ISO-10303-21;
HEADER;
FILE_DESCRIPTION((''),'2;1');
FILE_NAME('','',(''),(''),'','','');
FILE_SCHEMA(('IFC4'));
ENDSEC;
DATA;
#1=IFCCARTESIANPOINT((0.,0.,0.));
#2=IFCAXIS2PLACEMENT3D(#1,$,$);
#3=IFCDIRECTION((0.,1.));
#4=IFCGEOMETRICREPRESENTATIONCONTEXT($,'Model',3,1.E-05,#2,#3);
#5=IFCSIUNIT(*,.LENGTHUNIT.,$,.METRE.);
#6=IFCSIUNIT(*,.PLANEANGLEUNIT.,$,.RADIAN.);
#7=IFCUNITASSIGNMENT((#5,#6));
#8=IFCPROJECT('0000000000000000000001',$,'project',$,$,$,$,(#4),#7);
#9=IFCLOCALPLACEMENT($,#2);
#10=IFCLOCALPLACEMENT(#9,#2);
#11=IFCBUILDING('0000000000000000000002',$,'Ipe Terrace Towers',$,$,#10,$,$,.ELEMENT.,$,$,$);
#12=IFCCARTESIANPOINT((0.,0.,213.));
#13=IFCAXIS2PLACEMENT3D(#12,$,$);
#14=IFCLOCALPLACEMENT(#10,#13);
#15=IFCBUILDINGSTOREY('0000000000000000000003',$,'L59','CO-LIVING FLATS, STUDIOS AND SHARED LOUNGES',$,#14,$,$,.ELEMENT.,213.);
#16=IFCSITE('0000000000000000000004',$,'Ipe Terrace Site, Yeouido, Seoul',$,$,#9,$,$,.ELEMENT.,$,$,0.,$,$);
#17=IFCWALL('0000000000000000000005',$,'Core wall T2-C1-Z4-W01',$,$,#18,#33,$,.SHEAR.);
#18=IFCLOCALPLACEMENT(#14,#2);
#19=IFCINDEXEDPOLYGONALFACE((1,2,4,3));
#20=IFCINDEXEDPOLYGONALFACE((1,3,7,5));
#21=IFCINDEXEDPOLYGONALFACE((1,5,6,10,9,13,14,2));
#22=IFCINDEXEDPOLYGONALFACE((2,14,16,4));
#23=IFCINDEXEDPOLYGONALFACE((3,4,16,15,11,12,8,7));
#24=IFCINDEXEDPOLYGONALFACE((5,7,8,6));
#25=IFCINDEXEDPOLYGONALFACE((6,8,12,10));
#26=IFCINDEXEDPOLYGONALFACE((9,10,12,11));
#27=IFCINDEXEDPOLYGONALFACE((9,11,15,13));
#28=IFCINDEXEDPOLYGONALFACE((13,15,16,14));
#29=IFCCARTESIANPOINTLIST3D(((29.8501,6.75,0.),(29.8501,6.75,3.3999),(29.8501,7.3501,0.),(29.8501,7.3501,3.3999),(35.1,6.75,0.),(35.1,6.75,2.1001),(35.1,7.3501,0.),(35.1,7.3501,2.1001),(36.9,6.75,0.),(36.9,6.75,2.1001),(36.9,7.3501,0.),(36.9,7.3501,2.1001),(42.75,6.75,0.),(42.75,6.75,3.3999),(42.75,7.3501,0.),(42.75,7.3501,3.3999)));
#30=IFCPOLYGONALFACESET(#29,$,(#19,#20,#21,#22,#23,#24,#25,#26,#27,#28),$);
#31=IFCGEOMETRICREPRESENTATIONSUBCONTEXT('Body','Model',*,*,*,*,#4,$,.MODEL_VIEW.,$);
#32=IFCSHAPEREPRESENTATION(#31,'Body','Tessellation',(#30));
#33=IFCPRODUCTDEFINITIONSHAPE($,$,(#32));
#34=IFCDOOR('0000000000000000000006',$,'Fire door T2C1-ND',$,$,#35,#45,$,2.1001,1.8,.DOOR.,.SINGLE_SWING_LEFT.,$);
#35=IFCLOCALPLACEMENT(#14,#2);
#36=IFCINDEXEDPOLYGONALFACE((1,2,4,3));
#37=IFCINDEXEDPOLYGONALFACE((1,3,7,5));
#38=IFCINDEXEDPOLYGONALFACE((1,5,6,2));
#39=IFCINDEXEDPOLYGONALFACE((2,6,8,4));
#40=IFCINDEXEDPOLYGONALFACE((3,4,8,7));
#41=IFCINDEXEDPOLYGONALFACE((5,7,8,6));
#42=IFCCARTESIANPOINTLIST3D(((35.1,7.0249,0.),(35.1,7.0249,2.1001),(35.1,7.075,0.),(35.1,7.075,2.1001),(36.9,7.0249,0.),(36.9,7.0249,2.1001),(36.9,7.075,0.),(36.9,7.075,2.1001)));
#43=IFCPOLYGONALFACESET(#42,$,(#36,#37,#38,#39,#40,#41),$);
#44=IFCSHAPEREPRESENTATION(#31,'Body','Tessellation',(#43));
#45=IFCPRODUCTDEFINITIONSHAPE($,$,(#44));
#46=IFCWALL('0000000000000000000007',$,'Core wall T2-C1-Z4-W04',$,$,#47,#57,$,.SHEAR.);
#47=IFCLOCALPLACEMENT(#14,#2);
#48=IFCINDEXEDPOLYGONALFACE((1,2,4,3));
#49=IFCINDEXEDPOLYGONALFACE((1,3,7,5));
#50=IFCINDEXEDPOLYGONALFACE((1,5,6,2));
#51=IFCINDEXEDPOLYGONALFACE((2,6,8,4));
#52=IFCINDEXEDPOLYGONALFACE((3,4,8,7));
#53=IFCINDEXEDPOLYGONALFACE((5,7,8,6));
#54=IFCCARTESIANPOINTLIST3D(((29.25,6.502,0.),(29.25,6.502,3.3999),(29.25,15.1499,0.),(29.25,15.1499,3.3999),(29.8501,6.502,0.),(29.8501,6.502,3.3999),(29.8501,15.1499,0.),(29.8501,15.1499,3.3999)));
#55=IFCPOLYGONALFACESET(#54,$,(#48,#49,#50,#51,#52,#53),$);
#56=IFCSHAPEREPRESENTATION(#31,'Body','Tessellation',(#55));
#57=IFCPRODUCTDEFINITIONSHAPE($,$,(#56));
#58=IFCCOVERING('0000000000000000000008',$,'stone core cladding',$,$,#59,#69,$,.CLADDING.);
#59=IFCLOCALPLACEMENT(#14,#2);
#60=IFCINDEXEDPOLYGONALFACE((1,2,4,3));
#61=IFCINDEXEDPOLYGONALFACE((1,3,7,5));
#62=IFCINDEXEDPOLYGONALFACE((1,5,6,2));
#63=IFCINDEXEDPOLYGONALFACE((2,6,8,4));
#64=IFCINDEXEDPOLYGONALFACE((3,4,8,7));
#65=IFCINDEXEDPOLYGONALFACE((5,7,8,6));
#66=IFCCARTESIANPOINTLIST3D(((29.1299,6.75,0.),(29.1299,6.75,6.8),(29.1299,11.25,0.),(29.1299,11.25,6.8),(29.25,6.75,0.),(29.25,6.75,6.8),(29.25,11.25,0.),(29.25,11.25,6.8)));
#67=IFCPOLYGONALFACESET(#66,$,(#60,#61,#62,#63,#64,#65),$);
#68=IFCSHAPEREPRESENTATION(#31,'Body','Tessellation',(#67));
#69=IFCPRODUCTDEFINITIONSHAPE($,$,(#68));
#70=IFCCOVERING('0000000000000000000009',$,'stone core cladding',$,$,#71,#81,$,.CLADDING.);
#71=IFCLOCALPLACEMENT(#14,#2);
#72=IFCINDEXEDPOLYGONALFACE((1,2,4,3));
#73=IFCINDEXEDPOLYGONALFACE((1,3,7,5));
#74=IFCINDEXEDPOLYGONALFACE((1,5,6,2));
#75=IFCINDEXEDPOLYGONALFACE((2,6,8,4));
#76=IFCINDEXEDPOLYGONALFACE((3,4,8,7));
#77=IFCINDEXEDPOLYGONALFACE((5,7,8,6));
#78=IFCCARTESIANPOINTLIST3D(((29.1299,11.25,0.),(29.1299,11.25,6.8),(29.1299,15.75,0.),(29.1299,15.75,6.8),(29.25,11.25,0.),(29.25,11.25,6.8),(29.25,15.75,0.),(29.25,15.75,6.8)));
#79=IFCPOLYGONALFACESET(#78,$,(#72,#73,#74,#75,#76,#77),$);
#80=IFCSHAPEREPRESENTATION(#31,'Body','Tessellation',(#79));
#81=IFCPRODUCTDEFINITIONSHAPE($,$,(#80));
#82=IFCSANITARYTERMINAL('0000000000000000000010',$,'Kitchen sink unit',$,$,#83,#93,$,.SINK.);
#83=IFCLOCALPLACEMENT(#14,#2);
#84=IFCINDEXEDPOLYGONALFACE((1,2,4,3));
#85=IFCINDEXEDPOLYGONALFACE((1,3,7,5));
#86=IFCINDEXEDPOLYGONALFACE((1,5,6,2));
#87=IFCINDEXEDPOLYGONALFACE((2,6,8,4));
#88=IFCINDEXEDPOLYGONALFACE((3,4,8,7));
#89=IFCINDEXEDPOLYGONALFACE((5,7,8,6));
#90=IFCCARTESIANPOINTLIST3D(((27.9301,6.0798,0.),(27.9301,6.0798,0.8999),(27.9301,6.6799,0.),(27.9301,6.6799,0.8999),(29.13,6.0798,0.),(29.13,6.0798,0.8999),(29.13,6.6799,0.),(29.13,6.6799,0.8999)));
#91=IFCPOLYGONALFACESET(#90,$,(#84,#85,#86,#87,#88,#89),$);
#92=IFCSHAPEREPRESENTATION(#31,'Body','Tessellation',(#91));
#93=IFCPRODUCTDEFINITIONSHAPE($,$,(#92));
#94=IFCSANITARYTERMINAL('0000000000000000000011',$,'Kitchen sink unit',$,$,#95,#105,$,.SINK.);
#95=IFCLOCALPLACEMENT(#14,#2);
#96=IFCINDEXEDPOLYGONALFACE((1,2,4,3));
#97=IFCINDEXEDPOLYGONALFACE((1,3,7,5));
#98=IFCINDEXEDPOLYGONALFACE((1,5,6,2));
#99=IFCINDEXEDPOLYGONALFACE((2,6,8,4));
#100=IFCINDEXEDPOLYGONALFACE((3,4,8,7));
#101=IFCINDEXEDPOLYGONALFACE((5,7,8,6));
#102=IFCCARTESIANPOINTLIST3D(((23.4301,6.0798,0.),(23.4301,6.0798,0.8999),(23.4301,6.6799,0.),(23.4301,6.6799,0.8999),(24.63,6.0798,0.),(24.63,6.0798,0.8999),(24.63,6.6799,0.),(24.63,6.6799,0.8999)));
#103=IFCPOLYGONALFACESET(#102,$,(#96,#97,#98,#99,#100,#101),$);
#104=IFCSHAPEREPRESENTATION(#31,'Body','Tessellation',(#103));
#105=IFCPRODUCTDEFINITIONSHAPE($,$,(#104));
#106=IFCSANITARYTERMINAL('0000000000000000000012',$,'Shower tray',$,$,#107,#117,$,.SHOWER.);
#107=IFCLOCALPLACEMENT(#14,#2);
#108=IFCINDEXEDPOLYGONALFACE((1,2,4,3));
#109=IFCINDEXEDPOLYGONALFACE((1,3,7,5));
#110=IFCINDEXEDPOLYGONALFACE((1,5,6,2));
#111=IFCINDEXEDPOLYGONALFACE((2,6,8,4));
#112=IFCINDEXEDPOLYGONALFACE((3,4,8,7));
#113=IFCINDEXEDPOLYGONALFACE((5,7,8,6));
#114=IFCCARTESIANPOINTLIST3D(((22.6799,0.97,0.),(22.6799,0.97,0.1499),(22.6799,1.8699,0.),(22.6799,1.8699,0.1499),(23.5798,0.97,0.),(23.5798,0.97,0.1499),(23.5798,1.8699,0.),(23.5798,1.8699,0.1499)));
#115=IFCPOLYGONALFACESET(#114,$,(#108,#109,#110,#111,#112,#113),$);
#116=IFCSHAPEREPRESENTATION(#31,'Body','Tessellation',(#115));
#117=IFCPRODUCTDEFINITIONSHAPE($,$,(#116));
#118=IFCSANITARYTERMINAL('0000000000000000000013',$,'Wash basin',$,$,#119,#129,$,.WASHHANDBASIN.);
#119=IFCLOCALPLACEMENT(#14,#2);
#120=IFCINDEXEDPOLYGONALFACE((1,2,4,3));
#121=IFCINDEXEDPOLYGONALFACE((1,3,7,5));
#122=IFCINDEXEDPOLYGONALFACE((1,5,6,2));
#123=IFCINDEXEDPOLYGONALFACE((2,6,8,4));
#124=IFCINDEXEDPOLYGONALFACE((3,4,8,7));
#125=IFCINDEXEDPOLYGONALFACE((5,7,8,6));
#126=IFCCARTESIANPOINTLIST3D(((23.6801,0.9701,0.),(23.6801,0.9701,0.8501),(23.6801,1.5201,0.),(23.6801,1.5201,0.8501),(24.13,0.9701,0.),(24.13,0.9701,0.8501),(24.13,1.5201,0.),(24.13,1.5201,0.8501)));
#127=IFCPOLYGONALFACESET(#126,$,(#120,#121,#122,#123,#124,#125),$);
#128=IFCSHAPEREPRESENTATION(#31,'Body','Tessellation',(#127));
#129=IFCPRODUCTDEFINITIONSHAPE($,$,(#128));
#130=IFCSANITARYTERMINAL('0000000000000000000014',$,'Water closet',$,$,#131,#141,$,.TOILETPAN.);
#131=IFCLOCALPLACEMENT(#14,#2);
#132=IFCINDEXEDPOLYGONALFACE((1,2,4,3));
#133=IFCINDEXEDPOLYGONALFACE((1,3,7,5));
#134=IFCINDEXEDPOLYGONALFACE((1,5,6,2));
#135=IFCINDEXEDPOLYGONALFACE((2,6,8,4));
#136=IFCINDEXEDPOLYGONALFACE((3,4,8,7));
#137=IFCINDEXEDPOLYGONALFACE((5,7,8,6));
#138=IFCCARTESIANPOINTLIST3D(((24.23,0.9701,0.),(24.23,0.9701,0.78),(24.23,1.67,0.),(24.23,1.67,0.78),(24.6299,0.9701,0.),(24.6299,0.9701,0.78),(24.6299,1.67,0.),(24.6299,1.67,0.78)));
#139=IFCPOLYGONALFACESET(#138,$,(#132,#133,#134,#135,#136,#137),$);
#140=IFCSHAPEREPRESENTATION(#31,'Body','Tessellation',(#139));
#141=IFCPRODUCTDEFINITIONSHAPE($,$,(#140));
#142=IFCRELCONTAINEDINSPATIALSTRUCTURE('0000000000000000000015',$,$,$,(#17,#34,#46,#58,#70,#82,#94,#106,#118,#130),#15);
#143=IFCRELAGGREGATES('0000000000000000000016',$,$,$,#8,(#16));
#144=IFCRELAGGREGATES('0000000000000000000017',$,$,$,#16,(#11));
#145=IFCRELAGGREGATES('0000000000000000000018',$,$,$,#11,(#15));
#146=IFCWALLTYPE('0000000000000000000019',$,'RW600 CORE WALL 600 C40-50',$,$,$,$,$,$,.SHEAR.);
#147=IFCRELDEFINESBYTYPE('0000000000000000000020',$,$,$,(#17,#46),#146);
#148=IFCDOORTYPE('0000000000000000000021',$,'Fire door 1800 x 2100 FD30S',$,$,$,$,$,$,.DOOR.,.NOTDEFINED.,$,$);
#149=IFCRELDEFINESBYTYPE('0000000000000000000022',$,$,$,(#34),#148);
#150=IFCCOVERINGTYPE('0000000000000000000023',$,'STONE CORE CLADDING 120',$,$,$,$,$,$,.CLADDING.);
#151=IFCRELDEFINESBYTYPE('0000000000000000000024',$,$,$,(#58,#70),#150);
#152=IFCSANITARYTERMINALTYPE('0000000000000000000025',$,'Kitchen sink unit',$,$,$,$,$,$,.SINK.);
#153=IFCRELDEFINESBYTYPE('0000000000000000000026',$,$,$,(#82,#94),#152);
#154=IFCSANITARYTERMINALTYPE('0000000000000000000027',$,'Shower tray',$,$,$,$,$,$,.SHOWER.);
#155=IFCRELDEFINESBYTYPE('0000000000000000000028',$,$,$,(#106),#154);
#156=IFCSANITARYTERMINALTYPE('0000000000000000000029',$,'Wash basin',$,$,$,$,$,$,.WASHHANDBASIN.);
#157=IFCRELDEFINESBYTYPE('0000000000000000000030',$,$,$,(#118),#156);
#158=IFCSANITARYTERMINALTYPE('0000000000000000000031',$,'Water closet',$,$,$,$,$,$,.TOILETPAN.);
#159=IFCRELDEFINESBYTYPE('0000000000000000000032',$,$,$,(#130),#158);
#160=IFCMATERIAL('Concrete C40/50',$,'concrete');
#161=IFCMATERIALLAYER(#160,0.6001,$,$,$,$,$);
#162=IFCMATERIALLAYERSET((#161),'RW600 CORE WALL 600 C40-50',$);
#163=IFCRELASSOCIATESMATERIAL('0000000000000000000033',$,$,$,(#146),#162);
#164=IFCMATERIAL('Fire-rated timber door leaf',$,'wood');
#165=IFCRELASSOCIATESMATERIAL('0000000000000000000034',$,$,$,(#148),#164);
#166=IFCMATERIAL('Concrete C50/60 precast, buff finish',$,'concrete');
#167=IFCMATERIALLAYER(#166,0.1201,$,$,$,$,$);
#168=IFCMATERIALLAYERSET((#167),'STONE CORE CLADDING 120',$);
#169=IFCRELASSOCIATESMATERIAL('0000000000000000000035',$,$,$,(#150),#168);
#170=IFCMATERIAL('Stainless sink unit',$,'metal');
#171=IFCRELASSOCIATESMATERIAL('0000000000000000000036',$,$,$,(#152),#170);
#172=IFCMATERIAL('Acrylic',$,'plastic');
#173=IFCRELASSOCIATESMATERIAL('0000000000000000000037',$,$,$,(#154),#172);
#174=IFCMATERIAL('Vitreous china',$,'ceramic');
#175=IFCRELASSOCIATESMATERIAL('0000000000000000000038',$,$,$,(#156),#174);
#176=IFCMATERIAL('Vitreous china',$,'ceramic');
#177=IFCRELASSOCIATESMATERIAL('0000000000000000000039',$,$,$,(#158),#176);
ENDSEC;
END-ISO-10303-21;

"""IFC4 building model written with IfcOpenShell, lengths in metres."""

from ifc_helpers import new_model, si_unit, direction, frame, frame_2d, origin, origin_2d, place, context, subcontext, project, spatial, rectangle, extrude, material, layer, layer_set, type_object, element, fill, save


model = new_model("IFC4")

# Units and contexts
model_context = context("Model", 3, precision=1e-05, world=origin(), true_north=direction((0.0, 1.0)))
body_context = subcontext(model_context, "Body", "Model", "MODEL_VIEW")
ifc_project = project(units=[si_unit("LENGTHUNIT", "METRE"), si_unit("PLANEANGLEUNIT", "RADIAN")], contexts=[model_context])

# Site, building, storey
site_placement = place(None, origin())
site = spatial("IfcSite", under=ifc_project, at=site_placement, Name="Ipe Terrace Site, Yeouido, Seoul", CompositionType="ELEMENT", RefElevation=0.0)
building_placement = place(site_placement, origin())
building = spatial("IfcBuilding", under=site, at=building_placement, Name="Ipe Terrace Towers", CompositionType="ELEMENT")
storey_placement = place(building_placement, frame((0.0, 0.0, 213.0)))
storey = spatial("IfcBuildingStorey", under=building, at=storey_placement, Name="L59", Description="CO-LIVING FLATS, STUDIOS AND SHARED LOUNGES", CompositionType="ELEMENT", Elevation=213.0)

# Wall, opening, door
ifc_material_1 = material(Name="Concrete C40/50", Category="concrete")
ifc_layer_1 = layer(ifc_material_1, 0.6001)
ifc_layer_set_1 = layer_set([ifc_layer_1], Name="RW600 CORE WALL 600 C40-50")
wall_type_1 = type_object("IfcWallType", Name="RW600 CORE WALL 600 C40-50", PredefinedType="SHEAR", material=ifc_layer_set_1)
wall_1_placement = place(storey_placement, frame((29.8501, 7.05, 0.0), z_axis=(0.0, 0.0, 1.0), x_axis=(1.0, 0.0, 0.0)))
wall_1 = element("IfcWall", 1, at=wall_1_placement, inside=storey, type_object=wall_type_1, Name="Core wall T2-C1-Z4-W01", PredefinedType="SHEAR", context=body_context, shape_type="SweptSolid", body=[
    extrude(rectangle(XDim=12.8999, YDim=0.6001, at=frame_2d((6.45, 0.0))), origin(), (0.0, 0.0, 1.0), 3.3999),
])
opening_1_placement = place(wall_1_placement, frame((5.25, 0.0, 0.0)))
opening_1 = element("IfcOpeningElement", 2, at=opening_1_placement, cuts=wall_1, PredefinedType="OPENING", context=body_context, shape_type="SweptSolid", body=[
    extrude(rectangle(XDim=1.8, YDim=2.1001, at=frame_2d((0.8999, 1.05))), frame((0.0, 0.3101, 0.0), z_axis=(0.0, -1.0, 0.0), x_axis=(1.0, 0.0, 0.0)), (0.0, 0.0, 1.0), 0.6201),
])
ifc_material_2 = material(Name="Fire-rated timber door leaf", Category="wood")
door_type_1 = type_object("IfcDoorType", Name="Fire door 1800 x 2100 FD30S", OperationType="NOTDEFINED", PredefinedType="DOOR", material=ifc_material_2)
door_1_placement = place(opening_1_placement, origin())
door_1 = element("IfcDoor", 3, at=door_1_placement, inside=storey, type_object=door_type_1, Name="Fire door T2C1-ND", OperationType="SINGLE_SWING_LEFT", OverallHeight=2.1001, OverallWidth=1.8, PredefinedType="DOOR", context=body_context, shape_type="SweptSolid", body=[
    extrude(rectangle(XDim=1.8, YDim=2.1001, at=frame_2d((0.8999, 1.05))), frame((0.0, 0.0249, 0.0), z_axis=(0.0, -1.0, 0.0), x_axis=(1.0, 0.0, 0.0)), (0.0, 0.0, 1.0), 0.05),
])
fill(opening_1, door_1)

# Wall
wall_2_placement = place(storey_placement, frame((29.55, 15.1499, 0.0), z_axis=(0.0, 0.0, 1.0), x_axis=(0.0, -1.0, 0.0)))
element("IfcWall", 4, at=wall_2_placement, inside=storey, type_object=wall_type_1, Name="Core wall T2-C1-Z4-W04", PredefinedType="SHEAR", context=body_context, shape_type="SweptSolid", body=[
    extrude(rectangle(XDim=8.6479, YDim=0.6001, at=frame_2d((4.324, 0.0))), origin(), (0.0, 0.0, 1.0), 3.3999),
])

# Coverings
ifc_material_3 = material(Name="Concrete C50/60 precast, buff finish", Category="concrete")
ifc_layer_2 = layer(ifc_material_3, 0.1201)
ifc_layer_set_2 = layer_set([ifc_layer_2], Name="STONE CORE CLADDING 120")
covering_type = type_object("IfcCoveringType", Name="STONE CORE CLADDING 120", PredefinedType="CLADDING", material=ifc_layer_set_2)
for number, where, z_axis, x_axis, name in (
    (5, (29.1899, 9.0, 0.0), (0.0, 0.0, 1.0), (0.0, -1.0, 0.0), "stone core cladding"),
    (6, (29.1899, 13.5, 0.0), (0.0, 0.0, 1.0), (0.0, -1.0, 0.0), "stone core cladding"),
):
    element("IfcCovering", number, at=place(storey_placement, frame(where, z_axis=z_axis, x_axis=x_axis)), inside=storey, type_object=covering_type, Name=name, PredefinedType="CLADDING", context=body_context, shape_type="SweptSolid", body=[
        extrude(rectangle(XDim=4.5, YDim=0.1201, at=origin_2d()), origin(), (0.0, 0.0, 1.0), 6.8),
    ])

# Sanitary terminals
ifc_material_4 = material(Name="Stainless sink unit", Category="metal")
sanitary_terminal_type_1 = type_object("IfcSanitaryTerminalType", Name="Kitchen sink unit", PredefinedType="SINK", material=ifc_material_4)
for number, where, z_axis, x_axis, name in (
    (7, (28.53, 6.3799, 0.0), (0.0, 0.0, 1.0), (1.0, 0.0, 0.0), "Kitchen sink unit"),
    (8, (24.03, 6.3799, 0.0), (0.0, 0.0, 1.0), (1.0, 0.0, 0.0), "Kitchen sink unit"),
):
    element("IfcSanitaryTerminal", number, at=place(storey_placement, frame(where, z_axis=z_axis, x_axis=x_axis)), inside=storey, type_object=sanitary_terminal_type_1, Name=name, PredefinedType="SINK", context=body_context, shape_type="SweptSolid", body=[
        extrude(rectangle(XDim=1.2, YDim=0.6001, at=origin_2d()), origin(), (0.0, 0.0, 1.0), 0.8999),
    ])
ifc_material_5 = material(Name="Acrylic", Category="plastic")
sanitary_terminal_type_2 = type_object("IfcSanitaryTerminalType", Name="Shower tray", PredefinedType="SHOWER", material=ifc_material_5)
sanitary_terminal_1_placement = place(storey_placement, frame((23.1299, 1.4199, 0.0), z_axis=(0.0, 0.0, 1.0), x_axis=(0.0, 1.0, 0.0)))
element("IfcSanitaryTerminal", 9, at=sanitary_terminal_1_placement, inside=storey, type_object=sanitary_terminal_type_2, Name="Shower tray", PredefinedType="SHOWER", context=body_context, shape_type="SweptSolid", body=[
    extrude(rectangle(XDim=0.8999, YDim=0.8999, at=origin_2d()), origin(), (0.0, 0.0, 1.0), 0.1499),
])
ifc_material_6 = material(Name="Vitreous china", Category="ceramic")
sanitary_terminal_type_3 = type_object("IfcSanitaryTerminalType", Name="Wash basin", PredefinedType="WASHHANDBASIN", material=ifc_material_6)
sanitary_terminal_2_placement = place(storey_placement, frame((23.905, 1.2451, 0.0), z_axis=(0.0, 0.0, 1.0), x_axis=(0.0, 1.0, 0.0)))
element("IfcSanitaryTerminal", 10, at=sanitary_terminal_2_placement, inside=storey, type_object=sanitary_terminal_type_3, Name="Wash basin", PredefinedType="WASHHANDBASIN", context=body_context, shape_type="SweptSolid", body=[
    extrude(rectangle(XDim=0.55, YDim=0.45, at=origin_2d()), origin(), (0.0, 0.0, 1.0), 0.8501),
])
ifc_material_7 = material(Name="Vitreous china", Category="ceramic")
sanitary_terminal_type_4 = type_object("IfcSanitaryTerminalType", Name="Water closet", PredefinedType="TOILETPAN", material=ifc_material_7)
sanitary_terminal_3_placement = place(storey_placement, frame((24.4299, 1.3201, 0.0), z_axis=(0.0, 0.0, 1.0), x_axis=(0.0, 1.0, 0.0)))
element("IfcSanitaryTerminal", 11, at=sanitary_terminal_3_placement, inside=storey, type_object=sanitary_terminal_type_4, Name="Water closet", PredefinedType="TOILETPAN", context=body_context, shape_type="SweptSolid", body=[
    extrude(rectangle(XDim=0.7, YDim=0.3999, at=origin_2d()), origin(), (0.0, 0.0, 1.0), 0.78),
])

save(model, "model.ifc")
